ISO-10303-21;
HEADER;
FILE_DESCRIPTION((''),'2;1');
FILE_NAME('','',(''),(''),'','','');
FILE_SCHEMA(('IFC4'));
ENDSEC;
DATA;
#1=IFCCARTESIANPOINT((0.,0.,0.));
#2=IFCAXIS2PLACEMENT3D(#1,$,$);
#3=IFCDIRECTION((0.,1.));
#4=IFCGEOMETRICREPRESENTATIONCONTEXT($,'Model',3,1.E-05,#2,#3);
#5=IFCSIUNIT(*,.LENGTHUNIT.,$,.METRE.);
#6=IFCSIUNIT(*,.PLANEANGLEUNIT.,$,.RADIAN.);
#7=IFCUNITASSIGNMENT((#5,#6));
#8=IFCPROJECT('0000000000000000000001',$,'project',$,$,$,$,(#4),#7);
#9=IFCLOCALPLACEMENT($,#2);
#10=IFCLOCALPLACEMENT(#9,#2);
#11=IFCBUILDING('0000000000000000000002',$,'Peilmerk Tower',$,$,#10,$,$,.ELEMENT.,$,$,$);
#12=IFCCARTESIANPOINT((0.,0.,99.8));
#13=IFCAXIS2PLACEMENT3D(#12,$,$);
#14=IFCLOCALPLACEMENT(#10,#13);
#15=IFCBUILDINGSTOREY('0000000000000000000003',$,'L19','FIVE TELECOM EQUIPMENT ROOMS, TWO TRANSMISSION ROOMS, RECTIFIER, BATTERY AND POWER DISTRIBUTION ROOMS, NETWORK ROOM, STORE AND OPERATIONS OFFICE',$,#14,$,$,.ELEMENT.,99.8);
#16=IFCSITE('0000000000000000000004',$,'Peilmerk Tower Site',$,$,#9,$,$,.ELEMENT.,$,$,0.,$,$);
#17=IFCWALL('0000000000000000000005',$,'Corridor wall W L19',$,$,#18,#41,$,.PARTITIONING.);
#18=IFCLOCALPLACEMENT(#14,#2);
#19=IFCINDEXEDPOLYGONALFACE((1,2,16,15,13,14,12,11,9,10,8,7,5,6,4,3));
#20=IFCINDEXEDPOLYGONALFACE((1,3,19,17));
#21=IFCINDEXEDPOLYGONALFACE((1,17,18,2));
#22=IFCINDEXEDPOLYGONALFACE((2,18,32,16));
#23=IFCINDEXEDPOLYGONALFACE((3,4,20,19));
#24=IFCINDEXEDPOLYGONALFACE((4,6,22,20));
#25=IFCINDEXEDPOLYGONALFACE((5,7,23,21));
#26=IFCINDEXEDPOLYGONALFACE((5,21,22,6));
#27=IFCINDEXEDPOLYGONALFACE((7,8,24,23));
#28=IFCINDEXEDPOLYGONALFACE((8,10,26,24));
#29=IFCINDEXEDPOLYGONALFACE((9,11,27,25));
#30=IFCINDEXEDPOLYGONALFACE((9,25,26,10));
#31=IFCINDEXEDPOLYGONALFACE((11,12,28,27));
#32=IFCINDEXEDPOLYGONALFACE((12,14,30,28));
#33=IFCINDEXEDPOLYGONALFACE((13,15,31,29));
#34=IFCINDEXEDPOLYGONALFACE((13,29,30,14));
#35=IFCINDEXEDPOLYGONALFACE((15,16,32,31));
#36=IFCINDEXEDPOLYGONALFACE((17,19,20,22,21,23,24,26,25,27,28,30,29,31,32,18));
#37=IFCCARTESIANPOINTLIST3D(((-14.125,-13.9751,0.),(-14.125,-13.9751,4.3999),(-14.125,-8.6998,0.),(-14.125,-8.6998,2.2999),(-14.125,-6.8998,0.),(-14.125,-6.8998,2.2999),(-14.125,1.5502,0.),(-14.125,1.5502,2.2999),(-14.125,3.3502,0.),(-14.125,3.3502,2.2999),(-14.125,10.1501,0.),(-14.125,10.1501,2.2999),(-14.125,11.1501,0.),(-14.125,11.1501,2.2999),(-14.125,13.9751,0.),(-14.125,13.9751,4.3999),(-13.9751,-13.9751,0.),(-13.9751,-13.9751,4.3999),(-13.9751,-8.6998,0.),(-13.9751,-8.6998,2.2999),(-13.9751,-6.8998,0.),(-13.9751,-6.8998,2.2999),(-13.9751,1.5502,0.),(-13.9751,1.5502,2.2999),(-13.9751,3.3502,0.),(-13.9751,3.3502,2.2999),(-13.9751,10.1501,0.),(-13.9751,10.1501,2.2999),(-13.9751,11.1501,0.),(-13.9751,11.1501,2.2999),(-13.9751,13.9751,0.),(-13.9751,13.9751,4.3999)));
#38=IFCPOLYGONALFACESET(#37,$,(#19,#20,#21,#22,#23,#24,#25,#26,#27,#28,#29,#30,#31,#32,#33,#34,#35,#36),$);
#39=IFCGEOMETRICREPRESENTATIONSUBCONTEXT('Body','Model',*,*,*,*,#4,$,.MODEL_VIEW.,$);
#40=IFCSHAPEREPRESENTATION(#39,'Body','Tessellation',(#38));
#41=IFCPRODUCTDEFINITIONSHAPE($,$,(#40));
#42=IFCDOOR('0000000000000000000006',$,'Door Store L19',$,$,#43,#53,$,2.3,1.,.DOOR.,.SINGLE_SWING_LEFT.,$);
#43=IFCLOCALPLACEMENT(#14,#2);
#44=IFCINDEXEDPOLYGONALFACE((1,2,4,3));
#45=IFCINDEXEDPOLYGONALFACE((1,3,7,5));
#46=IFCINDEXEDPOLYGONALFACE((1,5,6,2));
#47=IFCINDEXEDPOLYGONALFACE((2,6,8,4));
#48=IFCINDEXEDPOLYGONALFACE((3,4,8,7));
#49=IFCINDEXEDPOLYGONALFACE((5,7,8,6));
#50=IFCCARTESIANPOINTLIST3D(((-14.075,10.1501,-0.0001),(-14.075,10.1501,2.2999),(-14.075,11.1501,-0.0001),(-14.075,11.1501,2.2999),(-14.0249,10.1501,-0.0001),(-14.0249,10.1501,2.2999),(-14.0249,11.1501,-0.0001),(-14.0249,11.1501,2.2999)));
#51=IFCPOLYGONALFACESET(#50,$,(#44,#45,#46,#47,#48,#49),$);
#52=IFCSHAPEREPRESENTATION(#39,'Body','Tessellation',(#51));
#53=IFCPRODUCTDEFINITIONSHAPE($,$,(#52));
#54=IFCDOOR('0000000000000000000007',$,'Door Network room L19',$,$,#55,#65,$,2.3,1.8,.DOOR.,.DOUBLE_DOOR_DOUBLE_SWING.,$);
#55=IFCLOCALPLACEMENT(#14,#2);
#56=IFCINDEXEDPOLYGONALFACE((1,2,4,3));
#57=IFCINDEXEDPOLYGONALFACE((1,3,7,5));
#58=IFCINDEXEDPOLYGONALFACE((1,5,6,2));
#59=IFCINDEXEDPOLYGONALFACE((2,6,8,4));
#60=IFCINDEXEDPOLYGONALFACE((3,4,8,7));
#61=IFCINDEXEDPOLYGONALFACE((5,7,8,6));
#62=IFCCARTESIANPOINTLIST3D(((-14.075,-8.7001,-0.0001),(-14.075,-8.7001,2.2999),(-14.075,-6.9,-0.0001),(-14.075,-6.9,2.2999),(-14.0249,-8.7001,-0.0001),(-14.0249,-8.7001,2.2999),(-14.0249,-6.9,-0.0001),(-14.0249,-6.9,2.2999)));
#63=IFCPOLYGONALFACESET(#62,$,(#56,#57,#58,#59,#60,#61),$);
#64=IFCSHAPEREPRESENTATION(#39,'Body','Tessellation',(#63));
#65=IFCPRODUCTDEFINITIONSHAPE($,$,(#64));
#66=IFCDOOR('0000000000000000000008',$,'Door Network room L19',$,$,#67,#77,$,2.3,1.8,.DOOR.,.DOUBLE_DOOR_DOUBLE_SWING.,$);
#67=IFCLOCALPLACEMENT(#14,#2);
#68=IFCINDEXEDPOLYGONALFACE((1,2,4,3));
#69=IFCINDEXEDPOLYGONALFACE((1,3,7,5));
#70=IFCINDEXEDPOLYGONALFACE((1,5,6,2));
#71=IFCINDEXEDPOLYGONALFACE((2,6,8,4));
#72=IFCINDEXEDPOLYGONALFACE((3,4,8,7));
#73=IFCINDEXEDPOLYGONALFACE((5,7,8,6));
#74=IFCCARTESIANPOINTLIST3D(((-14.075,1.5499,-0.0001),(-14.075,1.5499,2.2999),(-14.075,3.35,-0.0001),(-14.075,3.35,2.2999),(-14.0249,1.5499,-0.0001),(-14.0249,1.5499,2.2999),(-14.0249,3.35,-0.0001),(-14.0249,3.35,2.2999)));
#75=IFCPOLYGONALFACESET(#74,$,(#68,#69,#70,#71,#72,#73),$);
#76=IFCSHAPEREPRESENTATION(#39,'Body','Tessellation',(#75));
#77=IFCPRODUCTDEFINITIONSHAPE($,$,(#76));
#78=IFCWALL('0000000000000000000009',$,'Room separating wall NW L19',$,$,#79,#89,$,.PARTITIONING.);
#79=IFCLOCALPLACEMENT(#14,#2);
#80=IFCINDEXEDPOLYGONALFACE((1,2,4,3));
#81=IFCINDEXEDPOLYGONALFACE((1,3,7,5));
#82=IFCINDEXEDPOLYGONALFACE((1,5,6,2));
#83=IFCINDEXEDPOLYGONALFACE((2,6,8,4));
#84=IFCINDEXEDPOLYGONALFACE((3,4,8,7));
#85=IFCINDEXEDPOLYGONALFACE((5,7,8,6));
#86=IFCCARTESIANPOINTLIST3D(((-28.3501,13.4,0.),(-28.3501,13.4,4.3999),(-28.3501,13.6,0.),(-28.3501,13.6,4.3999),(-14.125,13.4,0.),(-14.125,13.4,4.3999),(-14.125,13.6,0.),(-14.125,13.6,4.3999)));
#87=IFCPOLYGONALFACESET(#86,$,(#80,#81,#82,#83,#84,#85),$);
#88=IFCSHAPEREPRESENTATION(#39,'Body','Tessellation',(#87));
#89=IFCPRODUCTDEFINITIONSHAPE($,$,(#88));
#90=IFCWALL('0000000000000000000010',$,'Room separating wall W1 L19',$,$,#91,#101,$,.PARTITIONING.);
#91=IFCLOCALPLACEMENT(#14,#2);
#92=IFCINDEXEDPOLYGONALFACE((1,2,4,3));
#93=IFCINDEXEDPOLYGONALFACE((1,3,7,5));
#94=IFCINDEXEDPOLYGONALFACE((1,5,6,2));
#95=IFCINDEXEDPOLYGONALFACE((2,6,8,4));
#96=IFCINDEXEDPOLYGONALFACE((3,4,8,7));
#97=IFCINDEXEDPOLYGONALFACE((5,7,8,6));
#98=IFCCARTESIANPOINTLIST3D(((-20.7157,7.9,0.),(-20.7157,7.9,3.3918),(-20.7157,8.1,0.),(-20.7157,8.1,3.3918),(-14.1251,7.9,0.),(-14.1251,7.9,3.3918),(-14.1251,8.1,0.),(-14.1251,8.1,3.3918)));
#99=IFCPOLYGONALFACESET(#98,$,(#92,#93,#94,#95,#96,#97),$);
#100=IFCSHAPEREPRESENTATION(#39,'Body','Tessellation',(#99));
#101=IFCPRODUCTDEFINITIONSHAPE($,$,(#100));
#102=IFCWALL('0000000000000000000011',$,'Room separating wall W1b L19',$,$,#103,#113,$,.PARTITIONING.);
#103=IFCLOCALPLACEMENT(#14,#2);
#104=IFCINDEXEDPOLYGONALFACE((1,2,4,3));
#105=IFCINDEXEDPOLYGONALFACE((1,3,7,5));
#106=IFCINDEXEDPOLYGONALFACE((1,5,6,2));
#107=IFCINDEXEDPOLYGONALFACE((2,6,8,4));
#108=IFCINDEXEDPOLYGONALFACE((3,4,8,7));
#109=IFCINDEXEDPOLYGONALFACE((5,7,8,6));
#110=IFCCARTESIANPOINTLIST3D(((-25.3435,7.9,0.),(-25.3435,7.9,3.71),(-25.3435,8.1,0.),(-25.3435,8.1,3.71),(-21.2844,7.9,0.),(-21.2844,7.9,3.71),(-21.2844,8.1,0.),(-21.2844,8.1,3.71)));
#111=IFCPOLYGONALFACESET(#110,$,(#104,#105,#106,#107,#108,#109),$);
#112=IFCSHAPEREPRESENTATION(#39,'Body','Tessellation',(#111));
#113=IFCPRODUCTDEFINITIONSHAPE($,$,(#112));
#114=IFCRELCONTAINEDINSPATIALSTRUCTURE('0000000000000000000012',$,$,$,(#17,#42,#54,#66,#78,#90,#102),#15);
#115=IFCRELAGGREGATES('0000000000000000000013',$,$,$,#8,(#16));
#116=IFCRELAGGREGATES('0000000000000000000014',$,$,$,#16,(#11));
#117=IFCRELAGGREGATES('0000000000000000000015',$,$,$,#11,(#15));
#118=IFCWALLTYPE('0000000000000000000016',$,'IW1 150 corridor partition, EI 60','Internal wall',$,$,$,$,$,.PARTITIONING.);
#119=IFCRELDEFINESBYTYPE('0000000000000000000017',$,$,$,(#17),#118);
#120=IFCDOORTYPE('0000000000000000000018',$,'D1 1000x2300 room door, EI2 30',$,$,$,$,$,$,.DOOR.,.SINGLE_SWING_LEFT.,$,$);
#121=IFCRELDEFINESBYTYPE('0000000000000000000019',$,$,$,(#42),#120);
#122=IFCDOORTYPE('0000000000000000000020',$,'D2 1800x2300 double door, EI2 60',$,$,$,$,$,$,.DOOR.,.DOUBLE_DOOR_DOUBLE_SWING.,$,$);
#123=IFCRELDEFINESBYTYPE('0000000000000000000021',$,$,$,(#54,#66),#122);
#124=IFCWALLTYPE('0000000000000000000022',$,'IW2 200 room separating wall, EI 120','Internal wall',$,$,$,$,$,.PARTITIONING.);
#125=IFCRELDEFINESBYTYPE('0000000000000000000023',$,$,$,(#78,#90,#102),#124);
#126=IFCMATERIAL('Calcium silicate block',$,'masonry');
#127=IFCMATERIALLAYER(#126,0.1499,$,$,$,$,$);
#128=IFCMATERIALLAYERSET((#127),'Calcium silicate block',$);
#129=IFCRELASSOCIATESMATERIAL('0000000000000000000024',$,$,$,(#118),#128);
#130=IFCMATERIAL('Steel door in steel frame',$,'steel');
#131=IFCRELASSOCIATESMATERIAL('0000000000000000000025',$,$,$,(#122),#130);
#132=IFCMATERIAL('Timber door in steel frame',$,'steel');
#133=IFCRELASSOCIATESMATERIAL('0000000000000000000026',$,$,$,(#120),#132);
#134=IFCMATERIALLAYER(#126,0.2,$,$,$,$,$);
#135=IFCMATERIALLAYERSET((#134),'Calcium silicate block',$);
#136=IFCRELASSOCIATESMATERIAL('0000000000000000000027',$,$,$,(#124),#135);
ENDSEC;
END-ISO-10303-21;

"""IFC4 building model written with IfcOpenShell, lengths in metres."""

from ifc_helpers import new_model, si_unit, direction, frame, frame_2d, origin, place, context, subcontext, project, spatial, rectangle, extrude, material, layer, layer_set, type_object, element, fill, save


model = new_model("IFC4")

# Units and contexts
model_context = context("Model", 3, precision=1e-05, world=origin(), true_north=direction((0.0, 1.0)))
body_context = subcontext(model_context, "Body", "Model", "MODEL_VIEW")
ifc_project = project(units=[si_unit("LENGTHUNIT", "METRE"), si_unit("PLANEANGLEUNIT", "RADIAN")], contexts=[model_context])

# Site, building, storey
site_placement = place(None, origin())
site = spatial("IfcSite", under=ifc_project, at=site_placement, Name="Peilmerk Tower Site", CompositionType="ELEMENT", RefElevation=0.0)
building_placement = place(site_placement, origin())
building = spatial("IfcBuilding", under=site, at=building_placement, Name="Peilmerk Tower", CompositionType="ELEMENT")
storey_placement = place(building_placement, frame((0.0, 0.0, 99.8)))
storey = spatial("IfcBuildingStorey", under=building, at=storey_placement, Name="L19", Description="FIVE TELECOM EQUIPMENT ROOMS, TWO TRANSMISSION ROOMS, RECTIFIER, BATTERY AND POWER DISTRIBUTION ROOMS, NETWORK ROOM, STORE AND OPERATIONS OFFICE", CompositionType="ELEMENT", Elevation=99.8)

# Wall, openings, doors
ifc_material_1 = material(Name="Calcium silicate block", Category="masonry")
ifc_layer_1 = layer(ifc_material_1, 0.1499)
ifc_layer_set_1 = layer_set([ifc_layer_1], Name="Calcium silicate block")
wall_type_1 = type_object("IfcWallType", Name="IW1 150 corridor partition, EI 60", Description="Internal wall", PredefinedType="PARTITIONING", material=ifc_layer_set_1)
ifc_material_2 = material(Name="Steel door in steel frame", Category="steel")
door_type_1 = type_object("IfcDoorType", Name="D2 1800x2300 double door, EI2 60", OperationType="DOUBLE_DOOR_DOUBLE_SWING", PredefinedType="DOOR", material=ifc_material_2)
wall_1_placement = place(storey_placement, frame((-14.05, 13.9751, 0.0), z_axis=(0.0, 0.0, 1.0), x_axis=(0.0, -1.0, 0.0)))
wall_1 = element("IfcWall", 1, at=wall_1_placement, inside=storey, type_object=wall_type_1, Name="Corridor wall W L19", PredefinedType="PARTITIONING", context=body_context, shape_type="SweptSolid", body=[
    extrude(rectangle(XDim=27.9502, YDim=0.1499, at=frame_2d((13.9751, 0.0))), origin(), (0.0, 0.0, 1.0), 4.3999),
])
opening_1_placement = place(wall_1_placement, frame((20.875, 0.0, 0.0)))
opening_1 = element("IfcOpeningElement", 2, at=opening_1_placement, cuts=wall_1, PredefinedType="OPENING", context=body_context, shape_type="SweptSolid", body=[
    extrude(rectangle(XDim=1.8, YDim=2.3, at=frame_2d((0.8999, 1.1499))), frame((0.0, 0.085, 0.0), z_axis=(0.0, -1.0, 0.0), x_axis=(1.0, 0.0, 0.0)), (0.0, 0.0, 1.0), 0.1699),
])
opening_2_placement = place(wall_1_placement, frame((10.625, 0.0, 0.0)))
opening_2 = element("IfcOpeningElement", 3, at=opening_2_placement, cuts=wall_1, PredefinedType="OPENING", context=body_context, shape_type="SweptSolid", body=[
    extrude(rectangle(XDim=1.8, YDim=2.3, at=frame_2d((0.8999, 1.1499))), frame((0.0, 0.085, 0.0), z_axis=(0.0, -1.0, 0.0), x_axis=(1.0, 0.0, 0.0)), (0.0, 0.0, 1.0), 0.1699),
])
opening_3_placement = place(wall_1_placement, frame((2.825, 0.0, 0.0)))
opening_3 = element("IfcOpeningElement", 4, at=opening_3_placement, cuts=wall_1, PredefinedType="OPENING", context=body_context, shape_type="SweptSolid", body=[
    extrude(rectangle(XDim=1.0, YDim=2.3, at=frame_2d((0.5, 1.1499))), frame((0.0, 0.085, 0.0), z_axis=(0.0, -1.0, 0.0), x_axis=(1.0, 0.0, 0.0)), (0.0, 0.0, 1.0), 0.1699),
])
ifc_material_3 = material(Name="Timber door in steel frame", Category="steel")
door_type_2 = type_object("IfcDoorType", Name="D1 1000x2300 room door, EI2 30", OperationType="SINGLE_SWING_LEFT", PredefinedType="DOOR", material=ifc_material_3)
door_1_placement = place(opening_3_placement, frame((1.0, 0.0, 0.0), z_axis=(0.0, 0.0, 1.0), x_axis=(-1.0, 0.0, 0.0)))
door_1 = element("IfcDoor", 5, at=door_1_placement, inside=storey, type_object=door_type_2, Name="Door Store L19", OperationType="SINGLE_SWING_LEFT", OverallHeight=2.3, OverallWidth=1.0, PredefinedType="DOOR", context=body_context, shape_type="SweptSolid", body=[
    extrude(rectangle(XDim=1.0, YDim=2.3, at=frame_2d((0.5, 1.1499))), frame((0.0, 0.0249, 0.0), z_axis=(0.0, -1.0, 0.0), x_axis=(1.0, 0.0, 0.0)), (0.0, 0.0, 1.0), 0.05),
])
fill(opening_3, door_1)
door_2_placement = place(opening_1_placement, frame((1.8, 0.0, 0.0), z_axis=(0.0, 0.0, 1.0), x_axis=(-1.0, 0.0, 0.0)))
door_2 = element("IfcDoor", 6, at=door_2_placement, inside=storey, type_object=door_type_1, Name="Door Network room L19", OperationType="DOUBLE_DOOR_DOUBLE_SWING", OverallHeight=2.3, OverallWidth=1.8, PredefinedType="DOOR", context=body_context, shape_type="SweptSolid", body=[
    extrude(rectangle(XDim=1.8, YDim=2.3, at=frame_2d((0.8999, 1.1499))), frame((0.0, 0.0249, 0.0), z_axis=(0.0, -1.0, 0.0), x_axis=(1.0, 0.0, 0.0)), (0.0, 0.0, 1.0), 0.05),
])
fill(opening_1, door_2)
door_3_placement = place(opening_2_placement, frame((1.8, 0.0, 0.0), z_axis=(0.0, 0.0, 1.0), x_axis=(-1.0, 0.0, 0.0)))
door_3 = element("IfcDoor", 7, at=door_3_placement, inside=storey, type_object=door_type_1, Name="Door Network room L19", OperationType="DOUBLE_DOOR_DOUBLE_SWING", OverallHeight=2.3, OverallWidth=1.8, PredefinedType="DOOR", context=body_context, shape_type="SweptSolid", body=[
    extrude(rectangle(XDim=1.8, YDim=2.3, at=frame_2d((0.8999, 1.1499))), frame((0.0, 0.0249, 0.0), z_axis=(0.0, -1.0, 0.0), x_axis=(1.0, 0.0, 0.0)), (0.0, 0.0, 1.0), 0.05),
])
fill(opening_2, door_3)

# Walls
ifc_layer_2 = layer(ifc_material_1, 0.2)
ifc_layer_set_2 = layer_set([ifc_layer_2], Name="Calcium silicate block")
wall_type_2 = type_object("IfcWallType", Name="IW2 200 room separating wall, EI 120", Description="Internal wall", PredefinedType="PARTITIONING", material=ifc_layer_set_2)
wall_2_placement = place(storey_placement, frame((-28.3501, 13.5, 0.0), z_axis=(0.0, 0.0, 1.0), x_axis=(1.0, 0.0, 0.0)))
element("IfcWall", 8, at=wall_2_placement, inside=storey, type_object=wall_type_2, Name="Room separating wall NW L19", PredefinedType="PARTITIONING", context=body_context, shape_type="SweptSolid", body=[
    extrude(rectangle(XDim=14.2251, YDim=0.2, at=frame_2d((7.1125, 0.0))), origin(), (0.0, 0.0, 1.0), 4.3999),
])
wall_3_placement = place(storey_placement, frame((-14.125, 8.0, 0.0), z_axis=(0.0, 0.0, 1.0), x_axis=(-1.0, 0.0, 0.0)))
element("IfcWall", 9, at=wall_3_placement, inside=storey, type_object=wall_type_2, Name="Room separating wall W1 L19", PredefinedType="PARTITIONING", context=body_context, shape_type="SweptSolid", body=[
    extrude(rectangle(XDim=6.5906, YDim=0.2, at=frame_2d((3.2954, 0.0))), origin(), (0.0, 0.0, 1.0), 3.3918),
])
wall_4_placement = place(storey_placement, frame((-21.2844, 8.0, 0.0), z_axis=(0.0, 0.0, 1.0), x_axis=(-1.0, 0.0, 0.0)))
element("IfcWall", 10, at=wall_4_placement, inside=storey, type_object=wall_type_2, Name="Room separating wall W1b L19", PredefinedType="PARTITIONING", context=body_context, shape_type="SweptSolid", body=[
    extrude(rectangle(XDim=4.0591, YDim=0.2, at=frame_2d((2.0295, 0.0))), origin(), (0.0, 0.0, 1.0), 3.71),
])

save(model, "model.ifc")
